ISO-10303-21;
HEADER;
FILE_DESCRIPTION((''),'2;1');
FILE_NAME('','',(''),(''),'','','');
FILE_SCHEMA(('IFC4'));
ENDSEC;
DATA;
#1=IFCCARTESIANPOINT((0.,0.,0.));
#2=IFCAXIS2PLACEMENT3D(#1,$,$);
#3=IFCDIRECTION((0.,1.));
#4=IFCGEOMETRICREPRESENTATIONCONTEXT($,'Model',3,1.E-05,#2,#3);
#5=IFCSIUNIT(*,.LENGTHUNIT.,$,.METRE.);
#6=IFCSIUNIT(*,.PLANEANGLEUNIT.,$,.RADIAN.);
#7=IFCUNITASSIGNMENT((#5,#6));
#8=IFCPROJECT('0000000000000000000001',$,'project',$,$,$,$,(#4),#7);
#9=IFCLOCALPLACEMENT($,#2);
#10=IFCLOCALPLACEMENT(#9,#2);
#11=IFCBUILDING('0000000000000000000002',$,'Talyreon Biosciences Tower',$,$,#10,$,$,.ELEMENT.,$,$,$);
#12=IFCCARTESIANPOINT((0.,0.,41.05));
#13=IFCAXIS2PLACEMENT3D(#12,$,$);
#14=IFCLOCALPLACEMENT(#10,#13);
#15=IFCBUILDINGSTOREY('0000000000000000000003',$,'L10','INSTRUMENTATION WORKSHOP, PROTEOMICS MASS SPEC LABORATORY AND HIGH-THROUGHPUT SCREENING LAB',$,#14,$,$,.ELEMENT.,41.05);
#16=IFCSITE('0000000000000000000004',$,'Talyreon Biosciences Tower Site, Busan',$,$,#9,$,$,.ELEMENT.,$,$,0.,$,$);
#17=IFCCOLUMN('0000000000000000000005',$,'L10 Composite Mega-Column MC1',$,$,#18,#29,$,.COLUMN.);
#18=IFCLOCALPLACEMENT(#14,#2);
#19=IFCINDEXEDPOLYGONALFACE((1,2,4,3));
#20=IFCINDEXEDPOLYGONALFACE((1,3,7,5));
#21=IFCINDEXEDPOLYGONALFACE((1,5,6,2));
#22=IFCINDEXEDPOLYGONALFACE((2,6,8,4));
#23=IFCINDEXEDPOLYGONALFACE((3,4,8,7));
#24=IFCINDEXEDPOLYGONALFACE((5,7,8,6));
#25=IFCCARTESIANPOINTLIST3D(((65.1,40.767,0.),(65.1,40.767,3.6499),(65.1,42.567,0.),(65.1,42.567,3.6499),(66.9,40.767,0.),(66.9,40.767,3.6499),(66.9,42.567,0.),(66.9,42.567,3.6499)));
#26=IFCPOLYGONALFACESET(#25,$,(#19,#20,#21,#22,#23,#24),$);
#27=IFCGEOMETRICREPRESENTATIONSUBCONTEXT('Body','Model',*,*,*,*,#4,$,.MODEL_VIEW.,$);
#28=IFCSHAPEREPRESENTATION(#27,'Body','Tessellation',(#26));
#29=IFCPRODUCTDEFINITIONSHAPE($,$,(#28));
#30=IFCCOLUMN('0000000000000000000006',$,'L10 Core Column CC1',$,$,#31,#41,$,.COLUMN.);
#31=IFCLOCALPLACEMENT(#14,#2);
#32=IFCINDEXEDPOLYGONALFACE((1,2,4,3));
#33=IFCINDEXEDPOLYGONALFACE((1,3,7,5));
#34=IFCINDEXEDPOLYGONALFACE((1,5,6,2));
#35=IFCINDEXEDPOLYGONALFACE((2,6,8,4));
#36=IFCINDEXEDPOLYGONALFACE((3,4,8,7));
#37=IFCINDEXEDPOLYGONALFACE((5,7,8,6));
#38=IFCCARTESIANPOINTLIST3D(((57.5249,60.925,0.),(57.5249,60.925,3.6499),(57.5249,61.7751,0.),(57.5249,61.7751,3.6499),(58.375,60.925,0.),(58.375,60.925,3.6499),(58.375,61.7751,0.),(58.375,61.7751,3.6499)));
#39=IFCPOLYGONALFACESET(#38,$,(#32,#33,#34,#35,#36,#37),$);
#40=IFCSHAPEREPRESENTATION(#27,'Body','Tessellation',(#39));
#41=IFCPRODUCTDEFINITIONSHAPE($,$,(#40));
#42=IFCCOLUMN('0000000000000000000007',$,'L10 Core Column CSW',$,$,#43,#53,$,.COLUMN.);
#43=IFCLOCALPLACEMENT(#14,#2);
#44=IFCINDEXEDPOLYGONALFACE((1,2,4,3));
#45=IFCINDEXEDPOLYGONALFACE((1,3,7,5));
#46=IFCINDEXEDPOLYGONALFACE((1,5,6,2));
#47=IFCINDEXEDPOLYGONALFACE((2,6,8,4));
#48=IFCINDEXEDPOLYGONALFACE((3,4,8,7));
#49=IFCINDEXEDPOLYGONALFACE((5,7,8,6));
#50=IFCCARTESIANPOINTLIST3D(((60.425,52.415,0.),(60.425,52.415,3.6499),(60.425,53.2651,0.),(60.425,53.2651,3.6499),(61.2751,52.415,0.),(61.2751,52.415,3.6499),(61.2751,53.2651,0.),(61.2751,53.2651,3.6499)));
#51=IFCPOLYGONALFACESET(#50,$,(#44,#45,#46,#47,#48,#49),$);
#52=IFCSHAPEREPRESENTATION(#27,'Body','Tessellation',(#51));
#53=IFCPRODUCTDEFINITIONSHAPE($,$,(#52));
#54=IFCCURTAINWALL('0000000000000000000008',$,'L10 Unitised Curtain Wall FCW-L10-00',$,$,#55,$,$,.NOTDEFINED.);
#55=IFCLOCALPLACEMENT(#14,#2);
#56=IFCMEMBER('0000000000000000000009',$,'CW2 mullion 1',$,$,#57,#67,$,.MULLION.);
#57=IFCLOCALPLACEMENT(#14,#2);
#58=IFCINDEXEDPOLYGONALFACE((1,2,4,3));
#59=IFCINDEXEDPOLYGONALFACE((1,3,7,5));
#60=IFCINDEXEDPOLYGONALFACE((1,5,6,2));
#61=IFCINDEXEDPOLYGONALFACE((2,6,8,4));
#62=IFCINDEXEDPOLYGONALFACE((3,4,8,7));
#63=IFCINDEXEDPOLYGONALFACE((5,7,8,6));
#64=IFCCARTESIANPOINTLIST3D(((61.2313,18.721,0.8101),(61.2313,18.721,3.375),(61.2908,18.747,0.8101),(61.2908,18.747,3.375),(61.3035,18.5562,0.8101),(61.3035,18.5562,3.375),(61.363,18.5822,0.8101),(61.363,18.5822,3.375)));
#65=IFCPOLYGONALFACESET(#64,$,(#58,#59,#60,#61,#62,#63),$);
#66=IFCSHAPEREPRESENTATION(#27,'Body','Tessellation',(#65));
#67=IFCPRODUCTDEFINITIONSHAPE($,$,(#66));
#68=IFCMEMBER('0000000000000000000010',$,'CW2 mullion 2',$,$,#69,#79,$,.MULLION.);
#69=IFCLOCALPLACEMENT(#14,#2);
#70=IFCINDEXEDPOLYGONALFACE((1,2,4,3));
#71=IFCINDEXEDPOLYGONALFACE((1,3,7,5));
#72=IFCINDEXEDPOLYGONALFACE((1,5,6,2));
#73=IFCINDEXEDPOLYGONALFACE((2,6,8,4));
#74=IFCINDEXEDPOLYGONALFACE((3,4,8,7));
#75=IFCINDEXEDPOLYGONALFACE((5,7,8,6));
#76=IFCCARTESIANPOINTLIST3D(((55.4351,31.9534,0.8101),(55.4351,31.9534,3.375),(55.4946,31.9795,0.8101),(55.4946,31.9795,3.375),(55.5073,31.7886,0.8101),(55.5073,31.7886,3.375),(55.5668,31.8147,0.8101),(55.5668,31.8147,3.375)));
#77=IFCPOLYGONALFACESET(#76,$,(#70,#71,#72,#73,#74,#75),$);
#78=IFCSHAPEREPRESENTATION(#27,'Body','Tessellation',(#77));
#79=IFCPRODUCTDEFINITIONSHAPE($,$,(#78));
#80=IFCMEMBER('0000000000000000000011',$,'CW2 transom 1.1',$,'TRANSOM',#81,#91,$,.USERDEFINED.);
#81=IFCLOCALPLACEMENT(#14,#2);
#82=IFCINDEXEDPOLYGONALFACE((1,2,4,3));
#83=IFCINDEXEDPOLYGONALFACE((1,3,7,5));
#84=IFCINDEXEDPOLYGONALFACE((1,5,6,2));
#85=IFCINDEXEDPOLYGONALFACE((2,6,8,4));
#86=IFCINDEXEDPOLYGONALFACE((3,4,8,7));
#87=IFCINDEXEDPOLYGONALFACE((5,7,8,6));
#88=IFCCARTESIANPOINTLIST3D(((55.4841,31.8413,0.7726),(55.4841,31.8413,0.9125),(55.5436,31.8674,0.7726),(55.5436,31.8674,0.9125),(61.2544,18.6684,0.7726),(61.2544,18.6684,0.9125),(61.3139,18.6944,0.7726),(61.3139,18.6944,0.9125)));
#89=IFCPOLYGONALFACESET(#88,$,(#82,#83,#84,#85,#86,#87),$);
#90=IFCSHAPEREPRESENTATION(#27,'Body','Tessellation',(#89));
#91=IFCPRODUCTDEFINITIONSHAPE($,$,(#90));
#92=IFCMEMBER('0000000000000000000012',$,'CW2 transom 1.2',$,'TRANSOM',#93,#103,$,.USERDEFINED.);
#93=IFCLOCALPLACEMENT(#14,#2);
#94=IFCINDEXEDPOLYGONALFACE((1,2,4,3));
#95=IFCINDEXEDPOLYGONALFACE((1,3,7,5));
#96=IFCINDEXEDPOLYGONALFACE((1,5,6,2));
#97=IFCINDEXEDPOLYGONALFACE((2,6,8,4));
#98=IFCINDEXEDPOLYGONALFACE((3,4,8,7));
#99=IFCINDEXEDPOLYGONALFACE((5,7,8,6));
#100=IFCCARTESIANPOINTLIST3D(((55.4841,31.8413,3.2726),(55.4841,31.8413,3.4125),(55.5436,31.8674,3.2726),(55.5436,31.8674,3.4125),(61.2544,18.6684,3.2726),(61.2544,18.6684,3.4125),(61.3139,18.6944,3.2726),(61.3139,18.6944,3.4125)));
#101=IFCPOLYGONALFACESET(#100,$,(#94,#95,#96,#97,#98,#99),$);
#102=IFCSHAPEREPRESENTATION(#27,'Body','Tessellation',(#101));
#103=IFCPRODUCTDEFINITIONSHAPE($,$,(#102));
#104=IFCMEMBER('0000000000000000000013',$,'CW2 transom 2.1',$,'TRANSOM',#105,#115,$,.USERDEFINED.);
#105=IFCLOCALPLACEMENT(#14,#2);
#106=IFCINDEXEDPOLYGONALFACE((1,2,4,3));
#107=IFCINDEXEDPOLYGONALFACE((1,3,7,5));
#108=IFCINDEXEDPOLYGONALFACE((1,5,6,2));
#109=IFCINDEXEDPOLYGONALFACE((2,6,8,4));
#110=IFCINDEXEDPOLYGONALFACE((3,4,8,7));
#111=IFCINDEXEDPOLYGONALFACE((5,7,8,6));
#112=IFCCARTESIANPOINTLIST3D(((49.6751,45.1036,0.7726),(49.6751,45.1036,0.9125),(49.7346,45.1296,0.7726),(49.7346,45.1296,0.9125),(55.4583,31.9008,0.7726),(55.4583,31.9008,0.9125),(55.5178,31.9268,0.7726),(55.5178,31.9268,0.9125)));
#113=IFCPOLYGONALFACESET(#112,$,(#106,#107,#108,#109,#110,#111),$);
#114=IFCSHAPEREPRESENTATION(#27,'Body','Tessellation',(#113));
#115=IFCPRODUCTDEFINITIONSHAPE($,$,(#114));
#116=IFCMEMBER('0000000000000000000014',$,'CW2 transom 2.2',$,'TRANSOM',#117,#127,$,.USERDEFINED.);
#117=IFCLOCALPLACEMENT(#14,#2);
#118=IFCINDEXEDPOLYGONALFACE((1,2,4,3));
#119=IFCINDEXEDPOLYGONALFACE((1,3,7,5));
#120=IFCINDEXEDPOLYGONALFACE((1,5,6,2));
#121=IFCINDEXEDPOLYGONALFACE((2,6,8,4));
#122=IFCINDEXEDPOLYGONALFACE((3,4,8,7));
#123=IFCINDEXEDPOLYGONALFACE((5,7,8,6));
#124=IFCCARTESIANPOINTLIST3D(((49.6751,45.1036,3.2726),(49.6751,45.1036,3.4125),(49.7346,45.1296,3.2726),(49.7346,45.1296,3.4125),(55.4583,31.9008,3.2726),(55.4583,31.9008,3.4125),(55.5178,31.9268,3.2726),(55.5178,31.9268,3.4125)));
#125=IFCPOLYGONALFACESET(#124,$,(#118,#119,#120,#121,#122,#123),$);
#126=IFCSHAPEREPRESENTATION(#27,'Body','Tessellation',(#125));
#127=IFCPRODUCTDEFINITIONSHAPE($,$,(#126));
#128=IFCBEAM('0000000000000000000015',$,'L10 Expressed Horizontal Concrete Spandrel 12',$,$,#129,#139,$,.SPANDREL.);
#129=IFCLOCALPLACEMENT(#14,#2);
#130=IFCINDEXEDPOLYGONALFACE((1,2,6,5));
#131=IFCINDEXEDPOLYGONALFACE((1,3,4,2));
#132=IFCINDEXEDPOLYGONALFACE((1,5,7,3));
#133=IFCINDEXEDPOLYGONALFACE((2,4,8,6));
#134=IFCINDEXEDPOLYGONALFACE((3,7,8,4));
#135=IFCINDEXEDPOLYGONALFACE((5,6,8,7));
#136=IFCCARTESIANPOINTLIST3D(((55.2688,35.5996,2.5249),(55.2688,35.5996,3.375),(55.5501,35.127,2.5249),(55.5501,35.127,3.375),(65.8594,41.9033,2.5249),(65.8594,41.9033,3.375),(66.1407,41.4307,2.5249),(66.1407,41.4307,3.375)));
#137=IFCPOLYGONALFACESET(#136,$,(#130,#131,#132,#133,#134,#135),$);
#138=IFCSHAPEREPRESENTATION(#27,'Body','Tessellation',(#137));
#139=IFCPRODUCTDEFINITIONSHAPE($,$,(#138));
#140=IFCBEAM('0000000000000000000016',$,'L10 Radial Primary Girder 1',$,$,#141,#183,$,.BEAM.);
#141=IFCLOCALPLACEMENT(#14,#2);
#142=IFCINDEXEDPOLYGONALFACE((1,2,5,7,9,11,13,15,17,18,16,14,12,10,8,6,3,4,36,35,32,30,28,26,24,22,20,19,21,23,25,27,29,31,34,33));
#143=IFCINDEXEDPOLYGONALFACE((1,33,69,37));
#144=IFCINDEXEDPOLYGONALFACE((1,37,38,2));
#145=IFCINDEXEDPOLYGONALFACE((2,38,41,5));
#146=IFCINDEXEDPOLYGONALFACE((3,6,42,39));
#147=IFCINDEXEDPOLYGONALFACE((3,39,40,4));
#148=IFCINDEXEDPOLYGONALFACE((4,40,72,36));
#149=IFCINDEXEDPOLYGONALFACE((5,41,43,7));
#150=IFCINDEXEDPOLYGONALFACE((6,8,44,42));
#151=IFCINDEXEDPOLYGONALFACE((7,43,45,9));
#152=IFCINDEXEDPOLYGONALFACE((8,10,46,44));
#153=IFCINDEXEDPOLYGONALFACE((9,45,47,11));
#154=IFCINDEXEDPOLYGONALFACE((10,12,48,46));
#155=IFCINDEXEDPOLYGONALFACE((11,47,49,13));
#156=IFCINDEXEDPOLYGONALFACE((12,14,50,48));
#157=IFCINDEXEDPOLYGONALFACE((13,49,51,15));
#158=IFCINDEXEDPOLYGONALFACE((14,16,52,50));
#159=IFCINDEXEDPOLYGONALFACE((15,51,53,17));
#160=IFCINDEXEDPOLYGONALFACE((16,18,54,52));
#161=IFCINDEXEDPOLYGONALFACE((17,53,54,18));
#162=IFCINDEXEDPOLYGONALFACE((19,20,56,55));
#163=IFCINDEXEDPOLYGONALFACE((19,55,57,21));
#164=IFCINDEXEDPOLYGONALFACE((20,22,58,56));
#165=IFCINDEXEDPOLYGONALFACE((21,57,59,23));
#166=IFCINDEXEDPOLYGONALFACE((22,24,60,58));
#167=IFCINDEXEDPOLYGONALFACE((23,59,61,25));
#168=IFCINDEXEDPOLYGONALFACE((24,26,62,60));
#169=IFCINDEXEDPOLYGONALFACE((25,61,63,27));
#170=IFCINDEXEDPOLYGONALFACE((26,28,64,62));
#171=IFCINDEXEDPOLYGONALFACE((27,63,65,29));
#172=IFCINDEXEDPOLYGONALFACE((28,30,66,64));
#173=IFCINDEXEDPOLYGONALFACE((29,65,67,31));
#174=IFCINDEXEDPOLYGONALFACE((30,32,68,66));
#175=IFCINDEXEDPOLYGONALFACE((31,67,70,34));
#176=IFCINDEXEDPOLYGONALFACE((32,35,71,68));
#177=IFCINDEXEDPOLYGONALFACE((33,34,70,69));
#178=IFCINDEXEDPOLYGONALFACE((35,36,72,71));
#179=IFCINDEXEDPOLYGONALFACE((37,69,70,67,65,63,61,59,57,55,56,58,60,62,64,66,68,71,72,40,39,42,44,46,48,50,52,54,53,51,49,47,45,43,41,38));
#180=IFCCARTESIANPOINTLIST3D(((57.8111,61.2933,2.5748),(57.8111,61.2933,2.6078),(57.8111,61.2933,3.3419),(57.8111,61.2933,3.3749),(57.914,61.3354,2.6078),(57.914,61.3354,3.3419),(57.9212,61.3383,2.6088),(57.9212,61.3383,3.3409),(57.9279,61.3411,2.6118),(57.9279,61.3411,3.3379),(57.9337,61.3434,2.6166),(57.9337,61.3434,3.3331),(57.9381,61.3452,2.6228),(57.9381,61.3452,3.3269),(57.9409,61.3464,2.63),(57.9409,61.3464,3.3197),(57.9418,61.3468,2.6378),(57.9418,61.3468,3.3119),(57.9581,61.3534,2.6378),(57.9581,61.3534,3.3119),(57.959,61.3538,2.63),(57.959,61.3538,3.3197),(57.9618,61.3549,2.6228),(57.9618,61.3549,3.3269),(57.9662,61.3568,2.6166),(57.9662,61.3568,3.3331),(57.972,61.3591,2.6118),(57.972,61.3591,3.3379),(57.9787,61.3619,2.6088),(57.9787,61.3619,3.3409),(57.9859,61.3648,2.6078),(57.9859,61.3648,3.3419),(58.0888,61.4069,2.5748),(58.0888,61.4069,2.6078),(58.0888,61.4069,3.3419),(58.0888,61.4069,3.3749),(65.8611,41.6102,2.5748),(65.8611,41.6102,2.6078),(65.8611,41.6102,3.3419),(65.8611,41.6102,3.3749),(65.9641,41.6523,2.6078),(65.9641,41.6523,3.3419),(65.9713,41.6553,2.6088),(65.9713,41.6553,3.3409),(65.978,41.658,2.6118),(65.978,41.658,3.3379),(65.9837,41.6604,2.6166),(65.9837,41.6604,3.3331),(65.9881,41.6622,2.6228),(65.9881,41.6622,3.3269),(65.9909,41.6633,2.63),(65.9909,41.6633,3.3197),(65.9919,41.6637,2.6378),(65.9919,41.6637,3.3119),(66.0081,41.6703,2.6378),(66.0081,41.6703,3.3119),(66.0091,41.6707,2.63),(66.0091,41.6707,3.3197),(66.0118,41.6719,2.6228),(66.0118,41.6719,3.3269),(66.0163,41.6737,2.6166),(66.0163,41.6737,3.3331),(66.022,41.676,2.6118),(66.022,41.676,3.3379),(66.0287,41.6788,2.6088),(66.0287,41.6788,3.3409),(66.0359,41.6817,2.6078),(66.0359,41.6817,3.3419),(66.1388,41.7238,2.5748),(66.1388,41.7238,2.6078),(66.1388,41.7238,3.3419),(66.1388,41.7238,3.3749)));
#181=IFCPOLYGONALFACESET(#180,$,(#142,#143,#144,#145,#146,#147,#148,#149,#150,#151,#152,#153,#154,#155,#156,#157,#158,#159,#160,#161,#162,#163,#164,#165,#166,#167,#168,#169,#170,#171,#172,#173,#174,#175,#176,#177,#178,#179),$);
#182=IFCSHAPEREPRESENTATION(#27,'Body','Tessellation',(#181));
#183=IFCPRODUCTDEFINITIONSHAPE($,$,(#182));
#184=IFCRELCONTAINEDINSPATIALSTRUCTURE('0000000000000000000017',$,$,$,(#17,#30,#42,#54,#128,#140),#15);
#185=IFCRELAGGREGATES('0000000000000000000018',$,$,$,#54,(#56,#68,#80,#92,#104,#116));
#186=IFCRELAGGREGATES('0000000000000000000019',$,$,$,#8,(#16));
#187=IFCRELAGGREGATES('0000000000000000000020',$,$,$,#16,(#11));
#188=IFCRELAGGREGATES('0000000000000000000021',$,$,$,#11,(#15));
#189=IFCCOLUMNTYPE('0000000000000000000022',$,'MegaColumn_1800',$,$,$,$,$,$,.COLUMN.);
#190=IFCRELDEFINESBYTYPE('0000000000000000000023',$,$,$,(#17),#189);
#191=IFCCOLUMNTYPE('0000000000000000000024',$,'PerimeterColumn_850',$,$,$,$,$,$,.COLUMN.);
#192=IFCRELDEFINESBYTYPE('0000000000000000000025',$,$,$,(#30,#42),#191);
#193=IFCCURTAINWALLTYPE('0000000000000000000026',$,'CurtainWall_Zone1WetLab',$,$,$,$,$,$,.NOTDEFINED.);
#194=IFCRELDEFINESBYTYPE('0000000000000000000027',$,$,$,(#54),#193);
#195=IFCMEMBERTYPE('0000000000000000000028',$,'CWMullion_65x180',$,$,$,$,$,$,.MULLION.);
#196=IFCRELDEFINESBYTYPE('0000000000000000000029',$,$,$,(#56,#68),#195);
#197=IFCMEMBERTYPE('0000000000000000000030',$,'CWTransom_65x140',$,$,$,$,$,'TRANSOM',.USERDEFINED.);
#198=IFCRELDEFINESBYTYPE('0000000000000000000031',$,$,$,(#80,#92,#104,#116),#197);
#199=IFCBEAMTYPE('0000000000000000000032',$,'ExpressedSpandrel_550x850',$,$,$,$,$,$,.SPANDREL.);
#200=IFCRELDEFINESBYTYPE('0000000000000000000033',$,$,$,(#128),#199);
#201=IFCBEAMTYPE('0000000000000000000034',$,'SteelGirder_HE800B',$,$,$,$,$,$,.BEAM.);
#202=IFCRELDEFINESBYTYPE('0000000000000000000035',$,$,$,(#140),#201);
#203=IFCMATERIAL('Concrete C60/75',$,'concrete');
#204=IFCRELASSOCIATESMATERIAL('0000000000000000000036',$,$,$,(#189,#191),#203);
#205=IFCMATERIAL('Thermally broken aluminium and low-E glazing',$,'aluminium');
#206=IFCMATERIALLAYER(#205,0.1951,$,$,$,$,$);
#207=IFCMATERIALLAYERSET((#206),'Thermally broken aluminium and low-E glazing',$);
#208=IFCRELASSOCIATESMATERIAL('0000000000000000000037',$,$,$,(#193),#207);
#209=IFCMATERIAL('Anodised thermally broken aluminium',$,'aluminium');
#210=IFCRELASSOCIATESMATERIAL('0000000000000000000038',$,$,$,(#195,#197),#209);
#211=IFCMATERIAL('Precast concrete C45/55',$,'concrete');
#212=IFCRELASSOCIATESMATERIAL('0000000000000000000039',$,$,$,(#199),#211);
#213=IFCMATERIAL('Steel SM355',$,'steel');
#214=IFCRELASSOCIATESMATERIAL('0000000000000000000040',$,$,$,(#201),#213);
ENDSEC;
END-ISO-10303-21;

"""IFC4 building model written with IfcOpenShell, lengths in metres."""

from ifc_helpers import new_model, si_unit, direction, frame, origin, origin_2d, place, context, subcontext, project, spatial, rectangle, i_section, extrude, material, layer, layer_set, material_profile, profile_set, type_object, element, aggregate, save


model = new_model("IFC4")

# Units and contexts
model_context = context("Model", 3, precision=1e-05, world=origin(), true_north=direction((0.0, 1.0)))
body_context = subcontext(model_context, "Body", "Model", "MODEL_VIEW")
ifc_project = project(units=[si_unit("LENGTHUNIT", "METRE"), si_unit("PLANEANGLEUNIT", "RADIAN")], contexts=[model_context])

# Site, building, storey
site_placement = place(None, origin())
site = spatial("IfcSite", under=ifc_project, at=site_placement, Name="Talyreon Biosciences Tower Site, Busan", CompositionType="ELEMENT", RefElevation=0.0)
building_placement = place(site_placement, origin())
building = spatial("IfcBuilding", under=site, at=building_placement, Name="Talyreon Biosciences Tower", CompositionType="ELEMENT")
storey_placement = place(building_placement, frame((0.0, 0.0, 41.05)))
storey = spatial("IfcBuildingStorey", under=building, at=storey_placement, Name="L10", Description="INSTRUMENTATION WORKSHOP, PROTEOMICS MASS SPEC LABORATORY AND HIGH-THROUGHPUT SCREENING LAB", CompositionType="ELEMENT", Elevation=41.05)

# Columns
ifc_material_1 = material(Name="Concrete C60/75", Category="concrete")
ifc_material_profile_1 = material_profile(ifc_material_1, rectangle(XDim=1.8, YDim=1.8, at=origin_2d()), Name="RC 1800x1800")
ifc_profile_set_1 = profile_set([ifc_material_profile_1], Name="Concrete C60/75")
column_type_1 = type_object("IfcColumnType", Name="MegaColumn_1800", PredefinedType="COLUMN", material=ifc_profile_set_1)
column_placement = place(storey_placement, frame((66.0, 41.667, 0.0), z_axis=(0.0, 0.0, 1.0), x_axis=(1.0, 0.0, 0.0)))
element("IfcColumn", 1, at=column_placement, inside=storey, type_object=column_type_1, Name="L10 Composite Mega-Column MC1", PredefinedType="COLUMN", context=body_context, shape_type="SweptSolid", body=[
    extrude(rectangle(XDim=1.8, YDim=1.8, at=origin_2d()), origin(), (0.0, 0.0, 1.0), 3.6499),
])
ifc_material_profile_2 = material_profile(ifc_material_1, rectangle(XDim=0.8501, YDim=0.8501, at=origin_2d()), Name="RC 850x850")
ifc_profile_set_2 = profile_set([ifc_material_profile_2], Name="Concrete C60/75")
column_type_2 = type_object("IfcColumnType", Name="PerimeterColumn_850", PredefinedType="COLUMN", material=ifc_profile_set_2)
for number, where, z_axis, x_axis, name in (
    (2, (57.95, 61.3501, 0.0), (0.0, 0.0, 1.0), (1.0, 0.0, 0.0), "L10 Core Column CC1"),
    (3, (60.8501, 52.8401, 0.0), (0.0, 0.0, 1.0), (1.0, 0.0, 0.0), "L10 Core Column CSW"),
):
    element("IfcColumn", number, at=place(storey_placement, frame(where, z_axis=z_axis, x_axis=x_axis)), inside=storey, type_object=column_type_2, Name=name, PredefinedType="COLUMN", context=body_context, shape_type="SweptSolid", body=[
        extrude(rectangle(XDim=0.8501, YDim=0.8501, at=origin_2d()), origin(), (0.0, 0.0, 1.0), 3.6499),
    ])

# Curtain wall, members
ifc_material_2 = material(Name="Thermally broken aluminium and low-E glazing", Category="aluminium")
ifc_layer_1 = layer(ifc_material_2, 0.1951)
ifc_layer_set_1 = layer_set([ifc_layer_1], Name="Thermally broken aluminium and low-E glazing")
curtain_wall_type = type_object("IfcCurtainWallType", Name="CurtainWall_Zone1WetLab", PredefinedType="NOTDEFINED", material=ifc_layer_set_1)
curtain_wall_placement = place(storey_placement, origin())
curtain_wall = element("IfcCurtainWall", 4, at=curtain_wall_placement, inside=storey, type_object=curtain_wall_type, Name="L10 Unitised Curtain Wall FCW-L10-00", PredefinedType="NOTDEFINED")
ifc_material_3 = material(Name="Anodised thermally broken aluminium", Category="aluminium")
ifc_material_profile_3 = material_profile(ifc_material_3, rectangle(XDim=0.0649, YDim=0.1799, at=origin_2d()), Name="ALUM MULLION 65x180")
ifc_profile_set_3 = profile_set([ifc_material_profile_3], Name="Anodised thermally broken aluminium")
member_type_1 = type_object("IfcMemberType", Name="CWMullion_65x180", PredefinedType="MULLION", material=ifc_profile_set_3)
member_1_placement = place(storey_placement, frame((61.2971, 18.6516, 0.8101), z_axis=(0.0, 0.0, 1.0), x_axis=(-0.91598, -0.401223, 0.0)))
member_1 = element("IfcMember", 5, at=member_1_placement, type_object=member_type_1, Name="CW2 mullion 1", PredefinedType="MULLION", context=body_context, shape_type="SweptSolid", body=[
    extrude(rectangle(XDim=0.0649, YDim=0.1799, at=origin_2d()), origin(), (0.0, 0.0, 1.0), 2.5649),
])
member_2_placement = place(storey_placement, frame((55.501, 31.884, 0.8101), z_axis=(0.0, 0.0, 1.0), x_axis=(-0.91598, -0.401223, 0.0)))
member_2 = element("IfcMember", 6, at=member_2_placement, type_object=member_type_1, Name="CW2 mullion 2", PredefinedType="MULLION", context=body_context, shape_type="SweptSolid", body=[
    extrude(rectangle(XDim=0.0649, YDim=0.1799, at=origin_2d()), origin(), (0.0, 0.0, 1.0), 2.5649),
])
ifc_material_profile_4 = material_profile(ifc_material_3, rectangle(XDim=0.0649, YDim=0.1399, at=origin_2d()), Name="ALUM TRANSOM 65x140")
ifc_profile_set_4 = profile_set([ifc_material_profile_4], Name="Anodised thermally broken aluminium")
member_type_2 = type_object("IfcMemberType", Name="CWTransom_65x140", ElementType="TRANSOM", PredefinedType="USERDEFINED", material=ifc_profile_set_4)
member_3_placement = place(storey_placement, frame((61.2842, 18.6814, 0.8425), z_axis=(-0.401236, 0.915975, 0.0), x_axis=(-0.915975, -0.401236, 0.0)))
member_3 = element("IfcMember", 7, at=member_3_placement, type_object=member_type_2, Name="CW2 transom 1.1", ObjectType="TRANSOM", PredefinedType="USERDEFINED", context=body_context, shape_type="SweptSolid", body=[
    extrude(rectangle(XDim=0.0649, YDim=0.1399, at=origin_2d()), origin(), (0.0, 0.0, 1.0), 14.3813),
])
member_4_placement = place(storey_placement, frame((61.2842, 18.6814, 3.3425), z_axis=(-0.401236, 0.915975, 0.0), x_axis=(-0.915975, -0.401236, 0.0)))
member_4 = element("IfcMember", 8, at=member_4_placement, type_object=member_type_2, Name="CW2 transom 1.2", ObjectType="TRANSOM", PredefinedType="USERDEFINED", context=body_context, shape_type="SweptSolid", body=[
    extrude(rectangle(XDim=0.0649, YDim=0.1399, at=origin_2d()), origin(), (0.0, 0.0, 1.0), 14.3813),
])
member_5_placement = place(storey_placement, frame((55.488, 31.9138, 0.8425), z_axis=(-0.401223, 0.91598, 0.0), x_axis=(-0.91598, -0.401223, 0.0)))
member_5 = element("IfcMember", 9, at=member_5_placement, type_object=member_type_2, Name="CW2 transom 2.1", ObjectType="TRANSOM", PredefinedType="USERDEFINED", context=body_context, shape_type="SweptSolid", body=[
    extrude(rectangle(XDim=0.0649, YDim=0.1399, at=origin_2d()), origin(), (0.0, 0.0, 1.0), 14.4138),
])
member_6_placement = place(storey_placement, frame((55.488, 31.9138, 3.3425), z_axis=(-0.401223, 0.91598, 0.0), x_axis=(-0.91598, -0.401223, 0.0)))
member_6 = element("IfcMember", 10, at=member_6_placement, type_object=member_type_2, Name="CW2 transom 2.2", ObjectType="TRANSOM", PredefinedType="USERDEFINED", context=body_context, shape_type="SweptSolid", body=[
    extrude(rectangle(XDim=0.0649, YDim=0.1399, at=origin_2d()), origin(), (0.0, 0.0, 1.0), 14.4138),
])

# Beams
ifc_material_4 = material(Name="Precast concrete C45/55", Category="concrete")
ifc_material_profile_5 = material_profile(ifc_material_4, rectangle(XDim=0.55, YDim=0.8501, at=origin_2d()), Name="RCB 550x850")
ifc_profile_set_5 = profile_set([ifc_material_profile_5], Name="Precast concrete C45/55")
beam_type_1 = type_object("IfcBeamType", Name="ExpressedSpandrel_550x850", PredefinedType="SPANDREL", material=ifc_profile_set_5)
beam_1_placement = place(storey_placement, frame((55.4094, 35.3633, 2.95), z_axis=(0.8593, 0.511472, 0.0), x_axis=(-0.511472, 0.8593, 0.0)))
element("IfcBeam", 11, at=beam_1_placement, inside=storey, type_object=beam_type_1, Name="L10 Expressed Horizontal Concrete Spandrel 12", PredefinedType="SPANDREL", context=body_context, shape_type="SweptSolid", body=[
    extrude(rectangle(XDim=0.55, YDim=0.8501, at=origin_2d()), origin(), (0.0, 0.0, 1.0), 12.3247),
])
ifc_material_5 = material(Name="Steel SM355", Category="steel")
ifc_material_profile_6 = material_profile(ifc_material_5, i_section(OverallWidth=0.3, OverallDepth=0.8, WebThickness=0.0176, FlangeThickness=0.033, FilletRadius=0.03, at=origin_2d()), Name="HE800B")
ifc_profile_set_6 = profile_set([ifc_material_profile_6], Name="Steel SM355")
beam_type_2 = type_object("IfcBeamType", Name="SteelGirder_HE800B", PredefinedType="BEAM", material=ifc_profile_set_6)
beam_2_placement = place(storey_placement, frame((57.95, 61.3501, 2.9749), z_axis=(0.378547, -0.925582, 0.0), x_axis=(0.925582, 0.378547, 0.0)))
element("IfcBeam", 12, at=beam_2_placement, inside=storey, type_object=beam_type_2, Name="L10 Radial Primary Girder 1", PredefinedType="BEAM", context=body_context, shape_type="SweptSolid", body=[
    extrude(i_section(OverallWidth=0.3, OverallDepth=0.8, WebThickness=0.0176, FlangeThickness=0.033, FilletRadius=0.03, at=origin_2d()), origin(), (0.0, 0.0, 1.0), 21.2656),
])

aggregate(curtain_wall, [member_1, member_2, member_3, member_4, member_5, member_6])

save(model, "model.ifc")
